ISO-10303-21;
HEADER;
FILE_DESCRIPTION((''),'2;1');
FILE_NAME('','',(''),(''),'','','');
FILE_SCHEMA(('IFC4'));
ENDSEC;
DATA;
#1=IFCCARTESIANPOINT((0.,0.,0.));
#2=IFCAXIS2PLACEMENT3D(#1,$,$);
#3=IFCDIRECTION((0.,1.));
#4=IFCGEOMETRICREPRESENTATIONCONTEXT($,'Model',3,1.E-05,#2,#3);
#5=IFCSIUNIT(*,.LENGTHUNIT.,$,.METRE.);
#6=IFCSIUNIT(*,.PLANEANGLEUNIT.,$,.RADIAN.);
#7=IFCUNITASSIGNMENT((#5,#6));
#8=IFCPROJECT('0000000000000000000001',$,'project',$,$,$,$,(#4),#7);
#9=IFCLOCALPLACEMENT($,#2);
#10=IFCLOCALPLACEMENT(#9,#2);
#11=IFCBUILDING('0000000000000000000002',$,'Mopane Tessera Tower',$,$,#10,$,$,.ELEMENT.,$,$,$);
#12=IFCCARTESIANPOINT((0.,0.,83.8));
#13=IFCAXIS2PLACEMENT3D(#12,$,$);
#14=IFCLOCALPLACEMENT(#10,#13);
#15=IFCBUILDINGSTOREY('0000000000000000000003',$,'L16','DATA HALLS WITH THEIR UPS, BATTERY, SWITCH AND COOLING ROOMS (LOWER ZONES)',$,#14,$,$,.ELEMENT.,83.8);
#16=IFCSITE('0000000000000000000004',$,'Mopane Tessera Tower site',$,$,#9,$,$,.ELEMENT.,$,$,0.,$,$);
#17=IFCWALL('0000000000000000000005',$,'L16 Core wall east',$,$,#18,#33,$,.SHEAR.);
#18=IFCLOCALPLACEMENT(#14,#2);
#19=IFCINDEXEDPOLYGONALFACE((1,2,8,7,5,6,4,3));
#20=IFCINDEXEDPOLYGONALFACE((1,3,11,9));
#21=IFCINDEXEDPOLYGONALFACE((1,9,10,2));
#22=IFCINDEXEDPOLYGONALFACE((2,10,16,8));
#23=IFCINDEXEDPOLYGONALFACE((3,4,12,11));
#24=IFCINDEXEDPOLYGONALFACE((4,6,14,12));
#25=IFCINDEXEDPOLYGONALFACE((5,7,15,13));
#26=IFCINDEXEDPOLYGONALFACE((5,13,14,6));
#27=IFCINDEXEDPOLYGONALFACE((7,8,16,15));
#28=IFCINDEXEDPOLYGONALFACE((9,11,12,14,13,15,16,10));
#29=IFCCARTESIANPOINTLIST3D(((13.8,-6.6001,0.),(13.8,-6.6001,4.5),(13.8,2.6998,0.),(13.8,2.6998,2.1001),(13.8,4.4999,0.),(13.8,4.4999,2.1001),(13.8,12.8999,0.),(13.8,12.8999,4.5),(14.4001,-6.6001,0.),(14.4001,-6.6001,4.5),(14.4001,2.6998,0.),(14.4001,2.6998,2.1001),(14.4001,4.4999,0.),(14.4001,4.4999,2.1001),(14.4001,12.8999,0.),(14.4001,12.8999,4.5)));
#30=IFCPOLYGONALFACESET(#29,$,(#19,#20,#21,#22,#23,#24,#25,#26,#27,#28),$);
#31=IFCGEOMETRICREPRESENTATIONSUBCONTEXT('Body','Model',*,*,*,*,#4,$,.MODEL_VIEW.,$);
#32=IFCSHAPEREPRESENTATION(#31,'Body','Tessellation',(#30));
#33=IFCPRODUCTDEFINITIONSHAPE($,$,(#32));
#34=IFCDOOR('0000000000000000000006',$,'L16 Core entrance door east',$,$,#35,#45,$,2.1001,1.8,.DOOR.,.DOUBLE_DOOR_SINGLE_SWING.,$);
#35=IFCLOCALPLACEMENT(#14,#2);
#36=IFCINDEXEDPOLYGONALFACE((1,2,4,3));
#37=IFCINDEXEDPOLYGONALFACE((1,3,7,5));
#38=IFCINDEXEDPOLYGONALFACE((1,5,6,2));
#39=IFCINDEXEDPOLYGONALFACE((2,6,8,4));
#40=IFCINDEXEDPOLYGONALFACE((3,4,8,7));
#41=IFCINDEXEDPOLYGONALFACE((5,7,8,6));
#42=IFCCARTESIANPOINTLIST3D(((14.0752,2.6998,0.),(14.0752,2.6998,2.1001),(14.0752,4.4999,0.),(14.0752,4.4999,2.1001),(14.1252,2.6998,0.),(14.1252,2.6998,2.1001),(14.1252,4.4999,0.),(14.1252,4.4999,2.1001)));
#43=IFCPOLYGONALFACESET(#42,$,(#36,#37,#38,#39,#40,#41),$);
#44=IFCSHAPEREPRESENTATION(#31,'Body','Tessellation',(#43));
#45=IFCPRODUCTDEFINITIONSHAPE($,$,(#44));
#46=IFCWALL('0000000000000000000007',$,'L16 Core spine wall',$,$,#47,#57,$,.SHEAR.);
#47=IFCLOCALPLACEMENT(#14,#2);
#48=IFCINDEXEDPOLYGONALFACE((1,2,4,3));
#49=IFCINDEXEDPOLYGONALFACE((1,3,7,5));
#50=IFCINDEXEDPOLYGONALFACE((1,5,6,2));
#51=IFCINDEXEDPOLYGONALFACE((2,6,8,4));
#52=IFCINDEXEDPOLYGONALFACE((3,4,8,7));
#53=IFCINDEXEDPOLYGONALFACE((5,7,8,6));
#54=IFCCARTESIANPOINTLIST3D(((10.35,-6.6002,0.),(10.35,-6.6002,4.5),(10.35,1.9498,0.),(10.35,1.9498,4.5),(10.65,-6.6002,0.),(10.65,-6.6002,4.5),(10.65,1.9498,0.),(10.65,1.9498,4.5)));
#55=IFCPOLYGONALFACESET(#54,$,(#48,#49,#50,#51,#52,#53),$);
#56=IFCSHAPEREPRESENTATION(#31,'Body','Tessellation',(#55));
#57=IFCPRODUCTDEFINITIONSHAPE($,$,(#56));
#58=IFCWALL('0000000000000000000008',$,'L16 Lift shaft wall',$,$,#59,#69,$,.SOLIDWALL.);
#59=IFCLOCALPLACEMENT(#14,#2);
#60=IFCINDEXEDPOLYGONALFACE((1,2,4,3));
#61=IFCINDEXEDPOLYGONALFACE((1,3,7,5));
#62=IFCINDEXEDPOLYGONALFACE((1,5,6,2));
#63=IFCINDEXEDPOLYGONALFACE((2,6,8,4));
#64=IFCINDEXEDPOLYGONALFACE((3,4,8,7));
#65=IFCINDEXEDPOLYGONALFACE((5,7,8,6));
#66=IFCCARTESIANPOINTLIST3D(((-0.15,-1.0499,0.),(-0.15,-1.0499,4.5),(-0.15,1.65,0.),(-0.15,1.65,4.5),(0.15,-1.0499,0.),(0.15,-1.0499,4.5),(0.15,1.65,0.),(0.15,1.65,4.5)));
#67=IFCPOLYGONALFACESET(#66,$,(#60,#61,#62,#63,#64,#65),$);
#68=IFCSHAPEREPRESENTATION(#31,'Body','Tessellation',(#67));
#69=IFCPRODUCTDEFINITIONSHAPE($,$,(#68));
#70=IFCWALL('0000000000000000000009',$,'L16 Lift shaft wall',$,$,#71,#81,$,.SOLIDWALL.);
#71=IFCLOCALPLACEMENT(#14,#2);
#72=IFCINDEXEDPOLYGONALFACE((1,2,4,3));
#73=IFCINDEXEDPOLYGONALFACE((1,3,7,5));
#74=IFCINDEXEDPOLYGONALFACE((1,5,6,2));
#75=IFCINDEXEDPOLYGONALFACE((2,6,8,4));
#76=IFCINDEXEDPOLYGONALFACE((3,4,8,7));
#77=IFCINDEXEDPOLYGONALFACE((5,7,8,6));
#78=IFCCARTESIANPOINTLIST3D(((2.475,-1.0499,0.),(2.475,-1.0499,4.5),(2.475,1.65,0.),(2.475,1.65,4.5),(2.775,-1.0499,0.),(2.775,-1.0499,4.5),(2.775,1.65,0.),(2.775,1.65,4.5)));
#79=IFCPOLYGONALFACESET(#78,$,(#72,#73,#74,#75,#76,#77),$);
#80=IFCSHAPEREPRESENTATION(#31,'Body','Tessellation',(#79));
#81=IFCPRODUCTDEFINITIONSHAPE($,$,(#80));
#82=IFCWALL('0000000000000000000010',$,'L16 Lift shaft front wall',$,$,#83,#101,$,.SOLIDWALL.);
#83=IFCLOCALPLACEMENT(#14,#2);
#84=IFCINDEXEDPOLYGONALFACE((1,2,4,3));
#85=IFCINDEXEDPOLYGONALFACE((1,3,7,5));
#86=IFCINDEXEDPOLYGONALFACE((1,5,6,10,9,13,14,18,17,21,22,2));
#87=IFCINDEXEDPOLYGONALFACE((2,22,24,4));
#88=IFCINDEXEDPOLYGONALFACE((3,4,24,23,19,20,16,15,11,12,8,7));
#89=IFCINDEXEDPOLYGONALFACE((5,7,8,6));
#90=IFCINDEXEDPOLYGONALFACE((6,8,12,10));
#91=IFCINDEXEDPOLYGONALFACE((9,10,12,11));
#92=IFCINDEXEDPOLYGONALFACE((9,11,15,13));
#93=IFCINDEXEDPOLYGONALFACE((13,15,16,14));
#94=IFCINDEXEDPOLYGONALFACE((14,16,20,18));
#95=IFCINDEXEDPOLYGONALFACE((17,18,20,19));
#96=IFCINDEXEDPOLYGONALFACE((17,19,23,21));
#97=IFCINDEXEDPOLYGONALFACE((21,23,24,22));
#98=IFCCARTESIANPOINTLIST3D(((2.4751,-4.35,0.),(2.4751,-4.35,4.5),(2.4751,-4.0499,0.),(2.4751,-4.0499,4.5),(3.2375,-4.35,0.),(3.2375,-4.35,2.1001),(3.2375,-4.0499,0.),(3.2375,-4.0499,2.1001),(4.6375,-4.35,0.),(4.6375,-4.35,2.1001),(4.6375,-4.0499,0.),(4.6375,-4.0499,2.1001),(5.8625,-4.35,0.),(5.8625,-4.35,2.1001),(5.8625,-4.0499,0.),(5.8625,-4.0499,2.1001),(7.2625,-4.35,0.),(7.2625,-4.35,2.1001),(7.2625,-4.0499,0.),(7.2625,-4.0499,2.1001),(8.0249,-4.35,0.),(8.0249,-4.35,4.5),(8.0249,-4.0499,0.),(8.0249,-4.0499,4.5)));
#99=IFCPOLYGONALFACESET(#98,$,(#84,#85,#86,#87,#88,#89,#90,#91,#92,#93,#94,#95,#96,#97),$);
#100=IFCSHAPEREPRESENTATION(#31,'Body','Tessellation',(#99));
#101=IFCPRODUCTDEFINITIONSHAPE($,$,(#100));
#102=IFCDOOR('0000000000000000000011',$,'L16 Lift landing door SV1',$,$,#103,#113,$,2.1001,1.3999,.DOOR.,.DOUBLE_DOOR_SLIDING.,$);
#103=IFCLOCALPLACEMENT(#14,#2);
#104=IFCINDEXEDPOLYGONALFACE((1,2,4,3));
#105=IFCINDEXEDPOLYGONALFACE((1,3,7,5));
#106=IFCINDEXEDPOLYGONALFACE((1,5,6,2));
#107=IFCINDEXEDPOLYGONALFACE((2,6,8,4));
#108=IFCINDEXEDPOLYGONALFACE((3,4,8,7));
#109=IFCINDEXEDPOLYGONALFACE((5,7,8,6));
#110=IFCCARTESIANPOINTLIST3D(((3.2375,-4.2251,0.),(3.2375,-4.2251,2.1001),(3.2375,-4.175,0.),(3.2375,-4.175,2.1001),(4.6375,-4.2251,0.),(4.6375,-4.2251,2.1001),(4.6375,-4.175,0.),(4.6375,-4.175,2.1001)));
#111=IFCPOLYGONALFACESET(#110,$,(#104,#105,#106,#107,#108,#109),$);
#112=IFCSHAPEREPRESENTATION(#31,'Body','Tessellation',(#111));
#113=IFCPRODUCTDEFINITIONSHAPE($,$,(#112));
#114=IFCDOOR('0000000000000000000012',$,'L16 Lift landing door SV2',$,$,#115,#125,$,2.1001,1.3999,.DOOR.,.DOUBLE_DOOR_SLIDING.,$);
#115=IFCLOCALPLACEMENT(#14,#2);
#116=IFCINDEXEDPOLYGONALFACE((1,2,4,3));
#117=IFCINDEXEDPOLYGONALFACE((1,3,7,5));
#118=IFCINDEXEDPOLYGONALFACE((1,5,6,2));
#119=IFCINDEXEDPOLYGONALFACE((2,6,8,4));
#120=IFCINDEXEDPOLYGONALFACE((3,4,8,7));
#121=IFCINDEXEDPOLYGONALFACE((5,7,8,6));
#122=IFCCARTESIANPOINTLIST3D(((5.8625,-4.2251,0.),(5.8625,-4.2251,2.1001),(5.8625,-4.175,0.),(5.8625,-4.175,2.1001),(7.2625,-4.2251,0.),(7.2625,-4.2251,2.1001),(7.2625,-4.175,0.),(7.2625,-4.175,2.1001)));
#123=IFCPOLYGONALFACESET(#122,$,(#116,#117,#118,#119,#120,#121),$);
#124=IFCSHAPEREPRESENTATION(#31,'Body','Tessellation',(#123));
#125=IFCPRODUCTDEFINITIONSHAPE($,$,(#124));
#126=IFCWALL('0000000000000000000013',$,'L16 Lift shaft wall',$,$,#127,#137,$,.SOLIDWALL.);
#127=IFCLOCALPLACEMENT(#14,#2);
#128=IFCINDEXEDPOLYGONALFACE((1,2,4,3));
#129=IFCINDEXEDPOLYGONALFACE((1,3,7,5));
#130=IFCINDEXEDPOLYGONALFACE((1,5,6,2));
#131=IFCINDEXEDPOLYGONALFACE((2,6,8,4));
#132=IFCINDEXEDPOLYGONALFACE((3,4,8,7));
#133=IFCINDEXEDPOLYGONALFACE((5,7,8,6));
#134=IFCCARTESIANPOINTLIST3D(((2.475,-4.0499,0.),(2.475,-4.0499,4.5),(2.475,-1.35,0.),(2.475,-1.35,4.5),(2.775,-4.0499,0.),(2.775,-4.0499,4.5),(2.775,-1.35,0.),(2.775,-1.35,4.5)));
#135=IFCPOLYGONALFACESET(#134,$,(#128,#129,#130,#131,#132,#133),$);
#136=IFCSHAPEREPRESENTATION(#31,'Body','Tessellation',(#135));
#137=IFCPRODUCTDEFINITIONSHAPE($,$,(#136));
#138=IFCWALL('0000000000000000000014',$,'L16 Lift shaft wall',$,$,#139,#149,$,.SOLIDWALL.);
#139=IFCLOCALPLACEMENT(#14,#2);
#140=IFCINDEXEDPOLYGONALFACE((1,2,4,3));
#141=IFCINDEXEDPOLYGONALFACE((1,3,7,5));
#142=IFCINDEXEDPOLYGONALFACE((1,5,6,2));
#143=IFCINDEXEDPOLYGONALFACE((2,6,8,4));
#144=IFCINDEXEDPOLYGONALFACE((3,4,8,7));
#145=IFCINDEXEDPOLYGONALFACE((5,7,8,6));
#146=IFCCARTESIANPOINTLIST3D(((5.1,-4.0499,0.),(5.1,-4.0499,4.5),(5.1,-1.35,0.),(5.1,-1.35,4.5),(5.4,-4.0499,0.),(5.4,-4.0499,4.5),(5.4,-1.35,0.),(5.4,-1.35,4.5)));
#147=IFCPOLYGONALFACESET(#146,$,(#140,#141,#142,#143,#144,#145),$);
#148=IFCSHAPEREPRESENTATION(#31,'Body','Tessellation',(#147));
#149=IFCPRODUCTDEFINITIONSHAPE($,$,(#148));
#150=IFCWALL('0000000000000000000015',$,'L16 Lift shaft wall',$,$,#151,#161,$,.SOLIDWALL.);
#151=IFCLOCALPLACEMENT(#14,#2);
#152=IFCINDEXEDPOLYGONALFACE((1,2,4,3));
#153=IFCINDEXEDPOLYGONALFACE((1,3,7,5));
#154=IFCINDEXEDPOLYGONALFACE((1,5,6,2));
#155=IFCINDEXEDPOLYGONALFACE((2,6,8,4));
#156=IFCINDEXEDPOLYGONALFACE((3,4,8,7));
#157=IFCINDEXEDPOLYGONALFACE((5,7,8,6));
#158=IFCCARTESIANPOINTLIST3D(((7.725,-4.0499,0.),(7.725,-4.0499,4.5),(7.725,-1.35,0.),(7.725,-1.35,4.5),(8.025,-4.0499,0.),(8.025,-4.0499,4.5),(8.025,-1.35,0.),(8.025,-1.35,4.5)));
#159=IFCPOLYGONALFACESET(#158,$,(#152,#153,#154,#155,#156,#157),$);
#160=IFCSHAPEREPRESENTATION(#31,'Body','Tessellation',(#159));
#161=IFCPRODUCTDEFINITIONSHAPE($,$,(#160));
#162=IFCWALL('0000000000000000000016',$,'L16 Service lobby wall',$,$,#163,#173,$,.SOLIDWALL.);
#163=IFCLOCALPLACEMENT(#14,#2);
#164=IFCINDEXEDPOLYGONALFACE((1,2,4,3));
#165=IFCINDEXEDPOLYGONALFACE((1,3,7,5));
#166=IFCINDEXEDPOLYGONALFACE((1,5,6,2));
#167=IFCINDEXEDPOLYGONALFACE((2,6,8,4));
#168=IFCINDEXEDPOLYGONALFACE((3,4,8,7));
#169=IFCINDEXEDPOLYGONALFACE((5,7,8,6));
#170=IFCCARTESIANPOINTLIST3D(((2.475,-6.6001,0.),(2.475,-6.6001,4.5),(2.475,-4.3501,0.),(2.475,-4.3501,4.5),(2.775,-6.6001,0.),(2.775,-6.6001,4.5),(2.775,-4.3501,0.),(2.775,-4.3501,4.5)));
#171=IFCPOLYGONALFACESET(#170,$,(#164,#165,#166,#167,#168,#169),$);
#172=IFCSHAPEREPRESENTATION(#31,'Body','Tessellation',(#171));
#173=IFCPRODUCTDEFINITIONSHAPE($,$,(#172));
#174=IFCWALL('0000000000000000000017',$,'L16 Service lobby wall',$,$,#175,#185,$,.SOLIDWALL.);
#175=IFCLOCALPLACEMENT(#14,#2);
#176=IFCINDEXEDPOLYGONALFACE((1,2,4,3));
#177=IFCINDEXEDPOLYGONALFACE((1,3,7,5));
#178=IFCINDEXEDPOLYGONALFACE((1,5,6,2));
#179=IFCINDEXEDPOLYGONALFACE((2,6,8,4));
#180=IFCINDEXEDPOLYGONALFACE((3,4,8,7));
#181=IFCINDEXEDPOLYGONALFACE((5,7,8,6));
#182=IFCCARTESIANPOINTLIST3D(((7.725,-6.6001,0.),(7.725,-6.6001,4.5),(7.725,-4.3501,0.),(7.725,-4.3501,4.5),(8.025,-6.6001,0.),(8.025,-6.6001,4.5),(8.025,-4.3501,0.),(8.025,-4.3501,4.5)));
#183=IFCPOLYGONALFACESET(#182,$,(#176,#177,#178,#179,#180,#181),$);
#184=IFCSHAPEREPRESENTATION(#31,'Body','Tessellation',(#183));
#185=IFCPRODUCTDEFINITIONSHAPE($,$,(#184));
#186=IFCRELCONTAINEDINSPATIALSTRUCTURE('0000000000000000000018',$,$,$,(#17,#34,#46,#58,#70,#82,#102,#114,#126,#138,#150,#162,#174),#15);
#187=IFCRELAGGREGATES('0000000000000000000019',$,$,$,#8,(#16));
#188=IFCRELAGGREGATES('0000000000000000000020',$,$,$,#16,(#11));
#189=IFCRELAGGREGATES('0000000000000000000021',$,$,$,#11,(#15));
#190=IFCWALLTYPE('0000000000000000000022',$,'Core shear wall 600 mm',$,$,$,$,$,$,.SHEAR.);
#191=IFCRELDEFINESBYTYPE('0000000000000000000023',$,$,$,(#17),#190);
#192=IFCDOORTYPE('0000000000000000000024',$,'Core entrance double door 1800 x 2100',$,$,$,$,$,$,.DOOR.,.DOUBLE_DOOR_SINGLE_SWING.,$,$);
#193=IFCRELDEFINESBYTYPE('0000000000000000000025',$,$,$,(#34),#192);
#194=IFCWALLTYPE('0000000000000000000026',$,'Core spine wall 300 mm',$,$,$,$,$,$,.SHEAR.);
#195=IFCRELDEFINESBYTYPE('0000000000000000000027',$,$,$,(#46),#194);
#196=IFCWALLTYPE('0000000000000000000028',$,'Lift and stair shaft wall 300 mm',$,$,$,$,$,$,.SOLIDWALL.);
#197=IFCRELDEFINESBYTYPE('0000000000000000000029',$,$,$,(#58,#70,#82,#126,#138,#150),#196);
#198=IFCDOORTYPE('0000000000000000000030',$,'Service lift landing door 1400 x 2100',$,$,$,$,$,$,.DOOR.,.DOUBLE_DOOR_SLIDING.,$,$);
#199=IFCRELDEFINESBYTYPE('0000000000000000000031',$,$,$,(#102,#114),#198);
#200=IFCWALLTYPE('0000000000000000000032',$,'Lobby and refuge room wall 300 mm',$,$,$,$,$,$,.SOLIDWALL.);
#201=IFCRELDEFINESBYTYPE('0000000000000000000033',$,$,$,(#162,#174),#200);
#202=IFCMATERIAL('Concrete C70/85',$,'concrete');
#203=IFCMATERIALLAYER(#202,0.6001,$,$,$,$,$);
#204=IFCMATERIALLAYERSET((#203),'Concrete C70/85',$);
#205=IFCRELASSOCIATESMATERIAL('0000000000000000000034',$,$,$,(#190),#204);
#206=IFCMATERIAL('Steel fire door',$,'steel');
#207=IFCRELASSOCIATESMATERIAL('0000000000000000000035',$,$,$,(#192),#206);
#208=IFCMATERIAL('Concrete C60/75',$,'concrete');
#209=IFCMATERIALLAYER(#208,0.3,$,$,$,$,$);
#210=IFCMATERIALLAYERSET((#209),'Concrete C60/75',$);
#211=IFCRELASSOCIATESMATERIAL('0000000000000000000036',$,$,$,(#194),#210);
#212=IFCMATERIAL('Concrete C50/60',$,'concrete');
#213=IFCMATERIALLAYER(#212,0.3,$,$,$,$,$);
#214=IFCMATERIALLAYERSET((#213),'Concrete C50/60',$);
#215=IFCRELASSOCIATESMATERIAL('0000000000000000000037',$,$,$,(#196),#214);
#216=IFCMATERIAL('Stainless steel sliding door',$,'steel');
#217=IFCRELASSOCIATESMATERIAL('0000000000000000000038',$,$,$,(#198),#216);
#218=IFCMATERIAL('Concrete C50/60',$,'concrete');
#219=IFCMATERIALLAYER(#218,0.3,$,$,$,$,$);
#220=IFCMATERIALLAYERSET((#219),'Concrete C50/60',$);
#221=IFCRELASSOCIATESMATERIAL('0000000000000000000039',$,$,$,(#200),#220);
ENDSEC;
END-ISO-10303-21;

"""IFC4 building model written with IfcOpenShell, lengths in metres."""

from ifc_helpers import new_model, si_unit, direction, frame, frame_2d, origin, place, context, subcontext, project, spatial, rectangle, extrude, material, layer, layer_set, type_object, element, fill, save


model = new_model("IFC4")

# Units and contexts
model_context = context("Model", 3, precision=1e-05, world=origin(), true_north=direction((0.0, 1.0)))
body_context = subcontext(model_context, "Body", "Model", "MODEL_VIEW")
ifc_project = project(units=[si_unit("LENGTHUNIT", "METRE"), si_unit("PLANEANGLEUNIT", "RADIAN")], contexts=[model_context])

# Site, building, storey
site_placement = place(None, origin())
site = spatial("IfcSite", under=ifc_project, at=site_placement, Name="Mopane Tessera Tower site", CompositionType="ELEMENT", RefElevation=0.0)
building_placement = place(site_placement, origin())
building = spatial("IfcBuilding", under=site, at=building_placement, Name="Mopane Tessera Tower", CompositionType="ELEMENT")
storey_placement = place(building_placement, frame((0.0, 0.0, 83.8)))
storey = spatial("IfcBuildingStorey", under=building, at=storey_placement, Name="L16", Description="DATA HALLS WITH THEIR UPS, BATTERY, SWITCH AND COOLING ROOMS (LOWER ZONES)", CompositionType="ELEMENT", Elevation=83.8)

# Wall, opening, door
ifc_material_1 = material(Name="Concrete C70/85", Category="concrete")
ifc_layer_1 = layer(ifc_material_1, 0.6001)
ifc_layer_set_1 = layer_set([ifc_layer_1], Name="Concrete C70/85")
wall_type_1 = type_object("IfcWallType", Name="Core shear wall 600 mm", PredefinedType="SHEAR", material=ifc_layer_set_1)
wall_1_placement = place(storey_placement, frame((14.1001, -6.6001, 0.0), z_axis=(0.0, 0.0, 1.0), x_axis=(0.0, 1.0, 0.0)))
wall_1 = element("IfcWall", 1, at=wall_1_placement, inside=storey, type_object=wall_type_1, Name="L16 Core wall east", PredefinedType="SHEAR", context=body_context, shape_type="SweptSolid", body=[
    extrude(rectangle(XDim=19.5, YDim=0.6001, at=frame_2d((9.75, 0.0))), origin(), (0.0, 0.0, 1.0), 4.5),
])
opening_1_placement = place(wall_1_placement, frame((9.3, 0.0, 0.0)))
opening_1 = element("IfcOpeningElement", 2, at=opening_1_placement, cuts=wall_1, PredefinedType="OPENING", context=body_context, shape_type="SweptSolid", body=[
    extrude(rectangle(XDim=1.8, YDim=2.1001, at=frame_2d((0.8999, 1.05))), frame((0.0, 0.312, 0.0), z_axis=(0.0, -1.0, 0.0), x_axis=(1.0, 0.0, 0.0)), (0.0, 0.0, 1.0), 0.624),
])
ifc_material_2 = material(Name="Steel fire door", Category="steel")
door_type_1 = type_object("IfcDoorType", Name="Core entrance double door 1800 x 2100", OperationType="DOUBLE_DOOR_SINGLE_SWING", PredefinedType="DOOR", material=ifc_material_2)
door_1_placement = place(opening_1_placement, origin())
door_1 = element("IfcDoor", 3, at=door_1_placement, inside=storey, type_object=door_type_1, Name="L16 Core entrance door east", OperationType="DOUBLE_DOOR_SINGLE_SWING", OverallHeight=2.1001, OverallWidth=1.8, PredefinedType="DOOR", context=body_context, shape_type="SweptSolid", body=[
    extrude(rectangle(XDim=1.8, YDim=2.1001, at=frame_2d((0.8999, 1.05))), frame((0.0, 0.0249, 0.0), z_axis=(0.0, -1.0, 0.0), x_axis=(1.0, 0.0, 0.0)), (0.0, 0.0, 1.0), 0.05),
])
fill(opening_1, door_1)

# Walls
ifc_material_3 = material(Name="Concrete C60/75", Category="concrete")
ifc_layer_2 = layer(ifc_material_3, 0.3)
ifc_layer_set_2 = layer_set([ifc_layer_2], Name="Concrete C60/75")
wall_type_2 = type_object("IfcWallType", Name="Core spine wall 300 mm", PredefinedType="SHEAR", material=ifc_layer_set_2)
wall_2_placement = place(storey_placement, frame((10.5, -6.6001, 0.0), z_axis=(0.0, 0.0, 1.0), x_axis=(0.0, 1.0, 0.0)))
element("IfcWall", 4, at=wall_2_placement, inside=storey, type_object=wall_type_2, Name="L16 Core spine wall", PredefinedType="SHEAR", context=body_context, shape_type="SweptSolid", body=[
    extrude(rectangle(XDim=8.55, YDim=0.3, at=frame_2d((4.2749, 0.0))), origin(), (0.0, 0.0, 1.0), 4.5),
])
ifc_material_4 = material(Name="Concrete C50/60", Category="concrete")
ifc_layer_3 = layer(ifc_material_4, 0.3)
ifc_layer_set_3 = layer_set([ifc_layer_3], Name="Concrete C50/60")
wall_type_3 = type_object("IfcWallType", Name="Lift and stair shaft wall 300 mm", PredefinedType="SOLIDWALL", material=ifc_layer_set_3)
for number, where, z_axis, x_axis, name in (
    (5, (0.0, -1.05, 0.0), (0.0, 0.0, 1.0), (0.0, 1.0, 0.0), "L16 Lift shaft wall"),
    (6, (2.625, -1.05, 0.0), (0.0, 0.0, 1.0), (0.0, 1.0, 0.0), "L16 Lift shaft wall"),
):
    element("IfcWall", number, at=place(storey_placement, frame(where, z_axis=z_axis, x_axis=x_axis)), inside=storey, type_object=wall_type_3, Name=name, PredefinedType="SOLIDWALL", context=body_context, shape_type="SweptSolid", body=[
        extrude(rectangle(XDim=2.7, YDim=0.3, at=frame_2d((1.3501, 0.0))), origin(), (0.0, 0.0, 1.0), 4.5),
    ])

# Wall, openings, doors
wall_3_placement = place(storey_placement, frame((2.4751, -4.2, 0.0), z_axis=(0.0, 0.0, 1.0), x_axis=(1.0, 0.0, 0.0)))
wall_3 = element("IfcWall", 7, at=wall_3_placement, inside=storey, type_object=wall_type_3, Name="L16 Lift shaft front wall", PredefinedType="SOLIDWALL", context=body_context, shape_type="SweptSolid", body=[
    extrude(rectangle(XDim=5.5498, YDim=0.3, at=frame_2d((2.7749, 0.0))), origin(), (0.0, 0.0, 1.0), 4.5),
])
opening_2_placement = place(wall_3_placement, frame((0.7625, 0.0, 0.0)))
opening_2 = element("IfcOpeningElement", 8, at=opening_2_placement, cuts=wall_3, PredefinedType="OPENING", context=body_context, shape_type="SweptSolid", body=[
    extrude(rectangle(XDim=1.3999, YDim=2.1001, at=frame_2d((0.7, 1.05))), frame((0.0, 0.1621, 0.0), z_axis=(0.0, -1.0, 0.0), x_axis=(1.0, 0.0, 0.0)), (0.0, 0.0, 1.0), 0.324),
])
opening_3_placement = place(wall_3_placement, frame((3.3875, 0.0, 0.0)))
opening_3 = element("IfcOpeningElement", 9, at=opening_3_placement, cuts=wall_3, PredefinedType="OPENING", context=body_context, shape_type="SweptSolid", body=[
    extrude(rectangle(XDim=1.3999, YDim=2.1001, at=frame_2d((0.7, 1.05))), frame((0.0, 0.1621, 0.0), z_axis=(0.0, -1.0, 0.0), x_axis=(1.0, 0.0, 0.0)), (0.0, 0.0, 1.0), 0.324),
])
ifc_material_5 = material(Name="Stainless steel sliding door", Category="steel")
door_type_2 = type_object("IfcDoorType", Name="Service lift landing door 1400 x 2100", OperationType="DOUBLE_DOOR_SLIDING", PredefinedType="DOOR", material=ifc_material_5)
door_2_placement = place(opening_2_placement, origin())
door_2 = element("IfcDoor", 10, at=door_2_placement, inside=storey, type_object=door_type_2, Name="L16 Lift landing door SV1", OperationType="DOUBLE_DOOR_SLIDING", OverallHeight=2.1001, OverallWidth=1.3999, PredefinedType="DOOR", context=body_context, shape_type="SweptSolid", body=[
    extrude(rectangle(XDim=1.3999, YDim=2.1001, at=frame_2d((0.7, 1.05))), frame((0.0, 0.0249, 0.0), z_axis=(0.0, -1.0, 0.0), x_axis=(1.0, 0.0, 0.0)), (0.0, 0.0, 1.0), 0.05),
])
fill(opening_2, door_2)
door_3_placement = place(opening_3_placement, origin())
door_3 = element("IfcDoor", 11, at=door_3_placement, inside=storey, type_object=door_type_2, Name="L16 Lift landing door SV2", OperationType="DOUBLE_DOOR_SLIDING", OverallHeight=2.1001, OverallWidth=1.3999, PredefinedType="DOOR", context=body_context, shape_type="SweptSolid", body=[
    extrude(rectangle(XDim=1.3999, YDim=2.1001, at=frame_2d((0.7, 1.05))), frame((0.0, 0.0249, 0.0), z_axis=(0.0, -1.0, 0.0), x_axis=(1.0, 0.0, 0.0)), (0.0, 0.0, 1.0), 0.05),
])
fill(opening_3, door_3)

# Walls
for number, where, z_axis, x_axis, name in (
    (12, (2.625, -4.05, 0.0), (0.0, 0.0, 1.0), (0.0, 1.0, 0.0), "L16 Lift shaft wall"),
    (13, (5.25, -4.05, 0.0), (0.0, 0.0, 1.0), (0.0, 1.0, 0.0), "L16 Lift shaft wall"),
    (14, (7.875, -4.05, 0.0), (0.0, 0.0, 1.0), (0.0, 1.0, 0.0), "L16 Lift shaft wall"),
):
    element("IfcWall", number, at=place(storey_placement, frame(where, z_axis=z_axis, x_axis=x_axis)), inside=storey, type_object=wall_type_3, Name=name, PredefinedType="SOLIDWALL", context=body_context, shape_type="SweptSolid", body=[
        extrude(rectangle(XDim=2.7, YDim=0.3, at=frame_2d((1.3501, 0.0))), origin(), (0.0, 0.0, 1.0), 4.5),
    ])
ifc_material_6 = material(Name="Concrete C50/60", Category="concrete")
ifc_layer_4 = layer(ifc_material_6, 0.3)
ifc_layer_set_4 = layer_set([ifc_layer_4], Name="Concrete C50/60")
wall_type_4 = type_object("IfcWallType", Name="Lobby and refuge room wall 300 mm", PredefinedType="SOLIDWALL", material=ifc_layer_set_4)
for number, where, z_axis, x_axis, name in (
    (15, (2.625, -6.6001, 0.0), (0.0, 0.0, 1.0), (0.0, 1.0, 0.0), "L16 Service lobby wall"),
    (16, (7.875, -6.6001, 0.0), (0.0, 0.0, 1.0), (0.0, 1.0, 0.0), "L16 Service lobby wall"),
):
    element("IfcWall", number, at=place(storey_placement, frame(where, z_axis=z_axis, x_axis=x_axis)), inside=storey, type_object=wall_type_4, Name=name, PredefinedType="SOLIDWALL", context=body_context, shape_type="SweptSolid", body=[
        extrude(rectangle(XDim=2.25, YDim=0.3, at=frame_2d((1.125, 0.0))), origin(), (0.0, 0.0, 1.0), 4.5),
    ])

save(model, "model.ifc")
